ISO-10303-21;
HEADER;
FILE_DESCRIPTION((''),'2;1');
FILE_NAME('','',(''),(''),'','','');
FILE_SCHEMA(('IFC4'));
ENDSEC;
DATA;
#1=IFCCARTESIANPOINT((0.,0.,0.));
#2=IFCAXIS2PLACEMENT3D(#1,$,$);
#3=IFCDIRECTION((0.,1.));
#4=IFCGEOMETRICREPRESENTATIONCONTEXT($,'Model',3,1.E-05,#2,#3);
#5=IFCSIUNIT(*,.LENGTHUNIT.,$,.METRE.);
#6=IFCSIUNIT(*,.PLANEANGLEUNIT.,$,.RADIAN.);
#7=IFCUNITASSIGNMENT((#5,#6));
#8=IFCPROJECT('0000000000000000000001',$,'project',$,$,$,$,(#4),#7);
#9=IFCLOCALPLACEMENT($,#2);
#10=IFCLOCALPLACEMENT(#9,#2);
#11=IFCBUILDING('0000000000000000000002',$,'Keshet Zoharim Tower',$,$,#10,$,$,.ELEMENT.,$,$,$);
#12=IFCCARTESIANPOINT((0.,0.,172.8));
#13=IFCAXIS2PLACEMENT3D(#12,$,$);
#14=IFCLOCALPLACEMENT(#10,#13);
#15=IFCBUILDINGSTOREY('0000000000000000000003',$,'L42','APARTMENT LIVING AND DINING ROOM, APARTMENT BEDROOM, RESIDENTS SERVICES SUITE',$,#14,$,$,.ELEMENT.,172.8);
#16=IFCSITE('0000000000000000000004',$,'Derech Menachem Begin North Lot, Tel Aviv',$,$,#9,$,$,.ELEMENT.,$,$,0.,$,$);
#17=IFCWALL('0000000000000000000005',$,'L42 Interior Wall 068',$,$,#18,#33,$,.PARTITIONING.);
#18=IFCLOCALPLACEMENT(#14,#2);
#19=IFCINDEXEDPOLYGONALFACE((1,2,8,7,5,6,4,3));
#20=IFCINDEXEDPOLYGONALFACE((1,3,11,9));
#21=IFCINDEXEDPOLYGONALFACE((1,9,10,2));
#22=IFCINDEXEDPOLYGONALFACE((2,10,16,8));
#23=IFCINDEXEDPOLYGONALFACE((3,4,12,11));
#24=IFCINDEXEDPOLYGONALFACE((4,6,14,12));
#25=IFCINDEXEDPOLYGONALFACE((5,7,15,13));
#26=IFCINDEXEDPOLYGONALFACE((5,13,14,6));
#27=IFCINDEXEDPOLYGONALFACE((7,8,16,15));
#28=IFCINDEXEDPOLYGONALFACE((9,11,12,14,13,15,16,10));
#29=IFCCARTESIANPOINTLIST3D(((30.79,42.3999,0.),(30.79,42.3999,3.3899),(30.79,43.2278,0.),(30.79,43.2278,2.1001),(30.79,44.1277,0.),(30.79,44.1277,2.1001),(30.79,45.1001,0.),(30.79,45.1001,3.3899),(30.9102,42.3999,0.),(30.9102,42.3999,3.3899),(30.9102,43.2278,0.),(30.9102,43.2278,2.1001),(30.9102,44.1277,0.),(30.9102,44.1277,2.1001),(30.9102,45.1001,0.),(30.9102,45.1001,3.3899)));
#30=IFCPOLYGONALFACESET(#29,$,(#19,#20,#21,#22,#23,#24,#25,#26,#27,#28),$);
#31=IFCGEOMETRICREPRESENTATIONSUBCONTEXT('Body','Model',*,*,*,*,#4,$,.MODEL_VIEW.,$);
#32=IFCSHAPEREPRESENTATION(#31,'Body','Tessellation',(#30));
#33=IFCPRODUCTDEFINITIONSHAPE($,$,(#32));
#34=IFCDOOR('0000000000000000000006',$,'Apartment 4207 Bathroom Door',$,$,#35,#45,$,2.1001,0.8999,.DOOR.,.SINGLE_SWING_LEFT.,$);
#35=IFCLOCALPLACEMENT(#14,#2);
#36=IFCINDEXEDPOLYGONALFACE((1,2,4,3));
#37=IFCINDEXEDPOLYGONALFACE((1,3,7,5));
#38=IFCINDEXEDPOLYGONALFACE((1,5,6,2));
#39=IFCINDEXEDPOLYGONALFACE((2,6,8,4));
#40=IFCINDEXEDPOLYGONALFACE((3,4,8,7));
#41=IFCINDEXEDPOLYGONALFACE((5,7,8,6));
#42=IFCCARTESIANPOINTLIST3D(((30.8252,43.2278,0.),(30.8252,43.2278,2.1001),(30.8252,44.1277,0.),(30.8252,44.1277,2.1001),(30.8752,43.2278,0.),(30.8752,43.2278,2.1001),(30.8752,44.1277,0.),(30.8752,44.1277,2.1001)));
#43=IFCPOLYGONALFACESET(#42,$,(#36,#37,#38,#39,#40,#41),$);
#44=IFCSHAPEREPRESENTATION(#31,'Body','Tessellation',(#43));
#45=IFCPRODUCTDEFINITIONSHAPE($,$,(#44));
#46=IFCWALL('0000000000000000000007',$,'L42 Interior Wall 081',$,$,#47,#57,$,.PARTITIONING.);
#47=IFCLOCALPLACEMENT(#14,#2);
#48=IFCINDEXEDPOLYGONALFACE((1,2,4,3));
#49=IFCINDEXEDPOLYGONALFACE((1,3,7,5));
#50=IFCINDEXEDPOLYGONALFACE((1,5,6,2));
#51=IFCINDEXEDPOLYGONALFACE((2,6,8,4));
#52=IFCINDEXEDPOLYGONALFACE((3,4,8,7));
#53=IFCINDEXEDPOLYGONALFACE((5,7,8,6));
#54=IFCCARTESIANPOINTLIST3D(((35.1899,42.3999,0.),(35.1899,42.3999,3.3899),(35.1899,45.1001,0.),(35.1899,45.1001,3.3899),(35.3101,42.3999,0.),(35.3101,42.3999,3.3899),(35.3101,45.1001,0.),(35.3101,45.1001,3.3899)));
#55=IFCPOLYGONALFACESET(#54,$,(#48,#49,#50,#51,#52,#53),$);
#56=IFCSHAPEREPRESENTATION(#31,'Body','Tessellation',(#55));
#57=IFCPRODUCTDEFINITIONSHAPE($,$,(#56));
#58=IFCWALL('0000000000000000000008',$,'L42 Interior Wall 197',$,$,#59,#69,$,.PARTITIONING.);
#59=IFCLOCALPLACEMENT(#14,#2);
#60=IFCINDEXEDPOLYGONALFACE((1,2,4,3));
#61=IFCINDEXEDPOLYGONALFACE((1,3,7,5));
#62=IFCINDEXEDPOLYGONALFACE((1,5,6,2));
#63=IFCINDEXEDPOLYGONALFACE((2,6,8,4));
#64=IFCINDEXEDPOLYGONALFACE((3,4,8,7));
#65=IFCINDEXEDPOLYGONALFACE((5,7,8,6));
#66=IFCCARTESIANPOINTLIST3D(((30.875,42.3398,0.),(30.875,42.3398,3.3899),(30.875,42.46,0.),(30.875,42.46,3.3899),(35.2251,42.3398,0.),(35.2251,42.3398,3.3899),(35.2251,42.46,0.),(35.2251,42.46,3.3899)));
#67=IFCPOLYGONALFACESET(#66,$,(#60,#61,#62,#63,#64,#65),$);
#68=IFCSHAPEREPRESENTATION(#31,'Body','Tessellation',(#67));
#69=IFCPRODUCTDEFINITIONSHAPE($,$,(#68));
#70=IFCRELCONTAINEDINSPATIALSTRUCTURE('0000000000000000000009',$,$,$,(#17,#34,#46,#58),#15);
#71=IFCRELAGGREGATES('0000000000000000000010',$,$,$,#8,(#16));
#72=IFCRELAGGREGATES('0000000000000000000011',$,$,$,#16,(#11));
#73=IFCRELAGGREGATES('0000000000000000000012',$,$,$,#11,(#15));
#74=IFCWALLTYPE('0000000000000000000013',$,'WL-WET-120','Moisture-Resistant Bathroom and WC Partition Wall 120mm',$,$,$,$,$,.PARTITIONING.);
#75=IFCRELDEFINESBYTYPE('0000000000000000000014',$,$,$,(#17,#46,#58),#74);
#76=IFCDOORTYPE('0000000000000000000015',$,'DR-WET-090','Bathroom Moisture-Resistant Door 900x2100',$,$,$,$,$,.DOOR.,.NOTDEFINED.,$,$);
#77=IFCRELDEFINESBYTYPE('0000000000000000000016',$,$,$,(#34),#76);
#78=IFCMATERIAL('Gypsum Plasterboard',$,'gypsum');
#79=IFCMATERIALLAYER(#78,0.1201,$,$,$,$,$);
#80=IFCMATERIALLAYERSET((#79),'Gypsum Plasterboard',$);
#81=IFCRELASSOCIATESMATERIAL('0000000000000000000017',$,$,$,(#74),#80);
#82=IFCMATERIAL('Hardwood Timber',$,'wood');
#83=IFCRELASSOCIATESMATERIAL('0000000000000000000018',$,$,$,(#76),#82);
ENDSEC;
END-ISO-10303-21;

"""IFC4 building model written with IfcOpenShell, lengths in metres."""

from ifc_helpers import new_model, si_unit, direction, frame, frame_2d, origin, place, context, subcontext, project, spatial, rectangle, extrude, material, layer, layer_set, type_object, element, fill, save


model = new_model("IFC4")

# Units and contexts
model_context = context("Model", 3, precision=1e-05, world=origin(), true_north=direction((0.0, 1.0)))
body_context = subcontext(model_context, "Body", "Model", "MODEL_VIEW")
ifc_project = project(units=[si_unit("LENGTHUNIT", "METRE"), si_unit("PLANEANGLEUNIT", "RADIAN")], contexts=[model_context])

# Site, building, storey
site_placement = place(None, origin())
site = spatial("IfcSite", under=ifc_project, at=site_placement, Name="Derech Menachem Begin North Lot, Tel Aviv", CompositionType="ELEMENT", RefElevation=0.0)
building_placement = place(site_placement, origin())
building = spatial("IfcBuilding", under=site, at=building_placement, Name="Keshet Zoharim Tower", CompositionType="ELEMENT")
storey_placement = place(building_placement, frame((0.0, 0.0, 172.8)))
storey = spatial("IfcBuildingStorey", under=building, at=storey_placement, Name="L42", Description="APARTMENT LIVING AND DINING ROOM, APARTMENT BEDROOM, RESIDENTS SERVICES SUITE", CompositionType="ELEMENT", Elevation=172.8)

# Shared definitions
ifc_material_1 = material(Name="Gypsum Plasterboard", Category="gypsum")

# Shared definitions
ifc_material_2 = material(Name="Hardwood Timber", Category="wood")

# Wall, opening, door
ifc_layer_1 = layer(ifc_material_1, 0.1201)
ifc_layer_set_1 = layer_set([ifc_layer_1], Name="Gypsum Plasterboard")
wall_type_1 = type_object("IfcWallType", Name="WL-WET-120", Description="Moisture-Resistant Bathroom and WC Partition Wall 120mm", PredefinedType="PARTITIONING", material=ifc_layer_set_1)
wall_1_placement = place(storey_placement, frame((30.8501, 42.3999, 0.0), z_axis=(0.0, 0.0, 1.0), x_axis=(0.0, 1.0, 0.0)))
wall_1 = element("IfcWall", 1, at=wall_1_placement, inside=storey, type_object=wall_type_1, Name="L42 Interior Wall 068", PredefinedType="PARTITIONING", context=body_context, shape_type="SweptSolid", body=[
    extrude(rectangle(XDim=2.7002, YDim=0.1201, at=frame_2d((1.3501, 0.0))), origin(), (0.0, 0.0, 1.0), 3.3899),
])
opening_1_placement = place(wall_1_placement, frame((0.8279, 0.0, 0.0)))
opening_1 = element("IfcOpeningElement", 2, at=opening_1_placement, cuts=wall_1, PredefinedType="OPENING", context=body_context, shape_type="SweptSolid", body=[
    extrude(rectangle(XDim=0.8999, YDim=2.1001, at=frame_2d((0.45, 1.05))), frame((0.0, 0.0701, 0.0), z_axis=(0.0, -1.0, 0.0), x_axis=(1.0, 0.0, 0.0)), (0.0, 0.0, 1.0), 0.1401),
])
door_type_1 = type_object("IfcDoorType", Name="DR-WET-090", Description="Bathroom Moisture-Resistant Door 900x2100", OperationType="NOTDEFINED", PredefinedType="DOOR", material=ifc_material_2)
door_1_placement = place(opening_1_placement, origin())
door_1 = element("IfcDoor", 3, at=door_1_placement, inside=storey, type_object=door_type_1, Name="Apartment 4207 Bathroom Door", OperationType="SINGLE_SWING_LEFT", OverallHeight=2.1001, OverallWidth=0.8999, PredefinedType="DOOR", context=body_context, shape_type="SweptSolid", body=[
    extrude(rectangle(XDim=0.8999, YDim=2.1001, at=frame_2d((0.45, 1.05))), frame((0.0, 0.0249, 0.0), z_axis=(0.0, -1.0, 0.0), x_axis=(1.0, 0.0, 0.0)), (0.0, 0.0, 1.0), 0.05),
])
fill(opening_1, door_1)

# Walls
wall_2_placement = place(storey_placement, frame((35.25, 42.3999, 0.0), z_axis=(0.0, 0.0, 1.0), x_axis=(0.0, 1.0, 0.0)))
element("IfcWall", 4, at=wall_2_placement, inside=storey, type_object=wall_type_1, Name="L42 Interior Wall 081", PredefinedType="PARTITIONING", context=body_context, shape_type="SweptSolid", body=[
    extrude(rectangle(XDim=2.7002, YDim=0.1201, at=frame_2d((1.3501, 0.0))), origin(), (0.0, 0.0, 1.0), 3.3899),
])
wall_3_placement = place(storey_placement, frame((30.875, 42.3999, 0.0), z_axis=(0.0, 0.0, 1.0), x_axis=(1.0, 0.0, 0.0)))
element("IfcWall", 5, at=wall_3_placement, inside=storey, type_object=wall_type_1, Name="L42 Interior Wall 197", PredefinedType="PARTITIONING", context=body_context, shape_type="SweptSolid", body=[
    extrude(rectangle(XDim=4.3501, YDim=0.1201, at=frame_2d((2.175, 0.0))), origin(), (0.0, 0.0, 1.0), 3.3899),
])

save(model, "model.ifc")
